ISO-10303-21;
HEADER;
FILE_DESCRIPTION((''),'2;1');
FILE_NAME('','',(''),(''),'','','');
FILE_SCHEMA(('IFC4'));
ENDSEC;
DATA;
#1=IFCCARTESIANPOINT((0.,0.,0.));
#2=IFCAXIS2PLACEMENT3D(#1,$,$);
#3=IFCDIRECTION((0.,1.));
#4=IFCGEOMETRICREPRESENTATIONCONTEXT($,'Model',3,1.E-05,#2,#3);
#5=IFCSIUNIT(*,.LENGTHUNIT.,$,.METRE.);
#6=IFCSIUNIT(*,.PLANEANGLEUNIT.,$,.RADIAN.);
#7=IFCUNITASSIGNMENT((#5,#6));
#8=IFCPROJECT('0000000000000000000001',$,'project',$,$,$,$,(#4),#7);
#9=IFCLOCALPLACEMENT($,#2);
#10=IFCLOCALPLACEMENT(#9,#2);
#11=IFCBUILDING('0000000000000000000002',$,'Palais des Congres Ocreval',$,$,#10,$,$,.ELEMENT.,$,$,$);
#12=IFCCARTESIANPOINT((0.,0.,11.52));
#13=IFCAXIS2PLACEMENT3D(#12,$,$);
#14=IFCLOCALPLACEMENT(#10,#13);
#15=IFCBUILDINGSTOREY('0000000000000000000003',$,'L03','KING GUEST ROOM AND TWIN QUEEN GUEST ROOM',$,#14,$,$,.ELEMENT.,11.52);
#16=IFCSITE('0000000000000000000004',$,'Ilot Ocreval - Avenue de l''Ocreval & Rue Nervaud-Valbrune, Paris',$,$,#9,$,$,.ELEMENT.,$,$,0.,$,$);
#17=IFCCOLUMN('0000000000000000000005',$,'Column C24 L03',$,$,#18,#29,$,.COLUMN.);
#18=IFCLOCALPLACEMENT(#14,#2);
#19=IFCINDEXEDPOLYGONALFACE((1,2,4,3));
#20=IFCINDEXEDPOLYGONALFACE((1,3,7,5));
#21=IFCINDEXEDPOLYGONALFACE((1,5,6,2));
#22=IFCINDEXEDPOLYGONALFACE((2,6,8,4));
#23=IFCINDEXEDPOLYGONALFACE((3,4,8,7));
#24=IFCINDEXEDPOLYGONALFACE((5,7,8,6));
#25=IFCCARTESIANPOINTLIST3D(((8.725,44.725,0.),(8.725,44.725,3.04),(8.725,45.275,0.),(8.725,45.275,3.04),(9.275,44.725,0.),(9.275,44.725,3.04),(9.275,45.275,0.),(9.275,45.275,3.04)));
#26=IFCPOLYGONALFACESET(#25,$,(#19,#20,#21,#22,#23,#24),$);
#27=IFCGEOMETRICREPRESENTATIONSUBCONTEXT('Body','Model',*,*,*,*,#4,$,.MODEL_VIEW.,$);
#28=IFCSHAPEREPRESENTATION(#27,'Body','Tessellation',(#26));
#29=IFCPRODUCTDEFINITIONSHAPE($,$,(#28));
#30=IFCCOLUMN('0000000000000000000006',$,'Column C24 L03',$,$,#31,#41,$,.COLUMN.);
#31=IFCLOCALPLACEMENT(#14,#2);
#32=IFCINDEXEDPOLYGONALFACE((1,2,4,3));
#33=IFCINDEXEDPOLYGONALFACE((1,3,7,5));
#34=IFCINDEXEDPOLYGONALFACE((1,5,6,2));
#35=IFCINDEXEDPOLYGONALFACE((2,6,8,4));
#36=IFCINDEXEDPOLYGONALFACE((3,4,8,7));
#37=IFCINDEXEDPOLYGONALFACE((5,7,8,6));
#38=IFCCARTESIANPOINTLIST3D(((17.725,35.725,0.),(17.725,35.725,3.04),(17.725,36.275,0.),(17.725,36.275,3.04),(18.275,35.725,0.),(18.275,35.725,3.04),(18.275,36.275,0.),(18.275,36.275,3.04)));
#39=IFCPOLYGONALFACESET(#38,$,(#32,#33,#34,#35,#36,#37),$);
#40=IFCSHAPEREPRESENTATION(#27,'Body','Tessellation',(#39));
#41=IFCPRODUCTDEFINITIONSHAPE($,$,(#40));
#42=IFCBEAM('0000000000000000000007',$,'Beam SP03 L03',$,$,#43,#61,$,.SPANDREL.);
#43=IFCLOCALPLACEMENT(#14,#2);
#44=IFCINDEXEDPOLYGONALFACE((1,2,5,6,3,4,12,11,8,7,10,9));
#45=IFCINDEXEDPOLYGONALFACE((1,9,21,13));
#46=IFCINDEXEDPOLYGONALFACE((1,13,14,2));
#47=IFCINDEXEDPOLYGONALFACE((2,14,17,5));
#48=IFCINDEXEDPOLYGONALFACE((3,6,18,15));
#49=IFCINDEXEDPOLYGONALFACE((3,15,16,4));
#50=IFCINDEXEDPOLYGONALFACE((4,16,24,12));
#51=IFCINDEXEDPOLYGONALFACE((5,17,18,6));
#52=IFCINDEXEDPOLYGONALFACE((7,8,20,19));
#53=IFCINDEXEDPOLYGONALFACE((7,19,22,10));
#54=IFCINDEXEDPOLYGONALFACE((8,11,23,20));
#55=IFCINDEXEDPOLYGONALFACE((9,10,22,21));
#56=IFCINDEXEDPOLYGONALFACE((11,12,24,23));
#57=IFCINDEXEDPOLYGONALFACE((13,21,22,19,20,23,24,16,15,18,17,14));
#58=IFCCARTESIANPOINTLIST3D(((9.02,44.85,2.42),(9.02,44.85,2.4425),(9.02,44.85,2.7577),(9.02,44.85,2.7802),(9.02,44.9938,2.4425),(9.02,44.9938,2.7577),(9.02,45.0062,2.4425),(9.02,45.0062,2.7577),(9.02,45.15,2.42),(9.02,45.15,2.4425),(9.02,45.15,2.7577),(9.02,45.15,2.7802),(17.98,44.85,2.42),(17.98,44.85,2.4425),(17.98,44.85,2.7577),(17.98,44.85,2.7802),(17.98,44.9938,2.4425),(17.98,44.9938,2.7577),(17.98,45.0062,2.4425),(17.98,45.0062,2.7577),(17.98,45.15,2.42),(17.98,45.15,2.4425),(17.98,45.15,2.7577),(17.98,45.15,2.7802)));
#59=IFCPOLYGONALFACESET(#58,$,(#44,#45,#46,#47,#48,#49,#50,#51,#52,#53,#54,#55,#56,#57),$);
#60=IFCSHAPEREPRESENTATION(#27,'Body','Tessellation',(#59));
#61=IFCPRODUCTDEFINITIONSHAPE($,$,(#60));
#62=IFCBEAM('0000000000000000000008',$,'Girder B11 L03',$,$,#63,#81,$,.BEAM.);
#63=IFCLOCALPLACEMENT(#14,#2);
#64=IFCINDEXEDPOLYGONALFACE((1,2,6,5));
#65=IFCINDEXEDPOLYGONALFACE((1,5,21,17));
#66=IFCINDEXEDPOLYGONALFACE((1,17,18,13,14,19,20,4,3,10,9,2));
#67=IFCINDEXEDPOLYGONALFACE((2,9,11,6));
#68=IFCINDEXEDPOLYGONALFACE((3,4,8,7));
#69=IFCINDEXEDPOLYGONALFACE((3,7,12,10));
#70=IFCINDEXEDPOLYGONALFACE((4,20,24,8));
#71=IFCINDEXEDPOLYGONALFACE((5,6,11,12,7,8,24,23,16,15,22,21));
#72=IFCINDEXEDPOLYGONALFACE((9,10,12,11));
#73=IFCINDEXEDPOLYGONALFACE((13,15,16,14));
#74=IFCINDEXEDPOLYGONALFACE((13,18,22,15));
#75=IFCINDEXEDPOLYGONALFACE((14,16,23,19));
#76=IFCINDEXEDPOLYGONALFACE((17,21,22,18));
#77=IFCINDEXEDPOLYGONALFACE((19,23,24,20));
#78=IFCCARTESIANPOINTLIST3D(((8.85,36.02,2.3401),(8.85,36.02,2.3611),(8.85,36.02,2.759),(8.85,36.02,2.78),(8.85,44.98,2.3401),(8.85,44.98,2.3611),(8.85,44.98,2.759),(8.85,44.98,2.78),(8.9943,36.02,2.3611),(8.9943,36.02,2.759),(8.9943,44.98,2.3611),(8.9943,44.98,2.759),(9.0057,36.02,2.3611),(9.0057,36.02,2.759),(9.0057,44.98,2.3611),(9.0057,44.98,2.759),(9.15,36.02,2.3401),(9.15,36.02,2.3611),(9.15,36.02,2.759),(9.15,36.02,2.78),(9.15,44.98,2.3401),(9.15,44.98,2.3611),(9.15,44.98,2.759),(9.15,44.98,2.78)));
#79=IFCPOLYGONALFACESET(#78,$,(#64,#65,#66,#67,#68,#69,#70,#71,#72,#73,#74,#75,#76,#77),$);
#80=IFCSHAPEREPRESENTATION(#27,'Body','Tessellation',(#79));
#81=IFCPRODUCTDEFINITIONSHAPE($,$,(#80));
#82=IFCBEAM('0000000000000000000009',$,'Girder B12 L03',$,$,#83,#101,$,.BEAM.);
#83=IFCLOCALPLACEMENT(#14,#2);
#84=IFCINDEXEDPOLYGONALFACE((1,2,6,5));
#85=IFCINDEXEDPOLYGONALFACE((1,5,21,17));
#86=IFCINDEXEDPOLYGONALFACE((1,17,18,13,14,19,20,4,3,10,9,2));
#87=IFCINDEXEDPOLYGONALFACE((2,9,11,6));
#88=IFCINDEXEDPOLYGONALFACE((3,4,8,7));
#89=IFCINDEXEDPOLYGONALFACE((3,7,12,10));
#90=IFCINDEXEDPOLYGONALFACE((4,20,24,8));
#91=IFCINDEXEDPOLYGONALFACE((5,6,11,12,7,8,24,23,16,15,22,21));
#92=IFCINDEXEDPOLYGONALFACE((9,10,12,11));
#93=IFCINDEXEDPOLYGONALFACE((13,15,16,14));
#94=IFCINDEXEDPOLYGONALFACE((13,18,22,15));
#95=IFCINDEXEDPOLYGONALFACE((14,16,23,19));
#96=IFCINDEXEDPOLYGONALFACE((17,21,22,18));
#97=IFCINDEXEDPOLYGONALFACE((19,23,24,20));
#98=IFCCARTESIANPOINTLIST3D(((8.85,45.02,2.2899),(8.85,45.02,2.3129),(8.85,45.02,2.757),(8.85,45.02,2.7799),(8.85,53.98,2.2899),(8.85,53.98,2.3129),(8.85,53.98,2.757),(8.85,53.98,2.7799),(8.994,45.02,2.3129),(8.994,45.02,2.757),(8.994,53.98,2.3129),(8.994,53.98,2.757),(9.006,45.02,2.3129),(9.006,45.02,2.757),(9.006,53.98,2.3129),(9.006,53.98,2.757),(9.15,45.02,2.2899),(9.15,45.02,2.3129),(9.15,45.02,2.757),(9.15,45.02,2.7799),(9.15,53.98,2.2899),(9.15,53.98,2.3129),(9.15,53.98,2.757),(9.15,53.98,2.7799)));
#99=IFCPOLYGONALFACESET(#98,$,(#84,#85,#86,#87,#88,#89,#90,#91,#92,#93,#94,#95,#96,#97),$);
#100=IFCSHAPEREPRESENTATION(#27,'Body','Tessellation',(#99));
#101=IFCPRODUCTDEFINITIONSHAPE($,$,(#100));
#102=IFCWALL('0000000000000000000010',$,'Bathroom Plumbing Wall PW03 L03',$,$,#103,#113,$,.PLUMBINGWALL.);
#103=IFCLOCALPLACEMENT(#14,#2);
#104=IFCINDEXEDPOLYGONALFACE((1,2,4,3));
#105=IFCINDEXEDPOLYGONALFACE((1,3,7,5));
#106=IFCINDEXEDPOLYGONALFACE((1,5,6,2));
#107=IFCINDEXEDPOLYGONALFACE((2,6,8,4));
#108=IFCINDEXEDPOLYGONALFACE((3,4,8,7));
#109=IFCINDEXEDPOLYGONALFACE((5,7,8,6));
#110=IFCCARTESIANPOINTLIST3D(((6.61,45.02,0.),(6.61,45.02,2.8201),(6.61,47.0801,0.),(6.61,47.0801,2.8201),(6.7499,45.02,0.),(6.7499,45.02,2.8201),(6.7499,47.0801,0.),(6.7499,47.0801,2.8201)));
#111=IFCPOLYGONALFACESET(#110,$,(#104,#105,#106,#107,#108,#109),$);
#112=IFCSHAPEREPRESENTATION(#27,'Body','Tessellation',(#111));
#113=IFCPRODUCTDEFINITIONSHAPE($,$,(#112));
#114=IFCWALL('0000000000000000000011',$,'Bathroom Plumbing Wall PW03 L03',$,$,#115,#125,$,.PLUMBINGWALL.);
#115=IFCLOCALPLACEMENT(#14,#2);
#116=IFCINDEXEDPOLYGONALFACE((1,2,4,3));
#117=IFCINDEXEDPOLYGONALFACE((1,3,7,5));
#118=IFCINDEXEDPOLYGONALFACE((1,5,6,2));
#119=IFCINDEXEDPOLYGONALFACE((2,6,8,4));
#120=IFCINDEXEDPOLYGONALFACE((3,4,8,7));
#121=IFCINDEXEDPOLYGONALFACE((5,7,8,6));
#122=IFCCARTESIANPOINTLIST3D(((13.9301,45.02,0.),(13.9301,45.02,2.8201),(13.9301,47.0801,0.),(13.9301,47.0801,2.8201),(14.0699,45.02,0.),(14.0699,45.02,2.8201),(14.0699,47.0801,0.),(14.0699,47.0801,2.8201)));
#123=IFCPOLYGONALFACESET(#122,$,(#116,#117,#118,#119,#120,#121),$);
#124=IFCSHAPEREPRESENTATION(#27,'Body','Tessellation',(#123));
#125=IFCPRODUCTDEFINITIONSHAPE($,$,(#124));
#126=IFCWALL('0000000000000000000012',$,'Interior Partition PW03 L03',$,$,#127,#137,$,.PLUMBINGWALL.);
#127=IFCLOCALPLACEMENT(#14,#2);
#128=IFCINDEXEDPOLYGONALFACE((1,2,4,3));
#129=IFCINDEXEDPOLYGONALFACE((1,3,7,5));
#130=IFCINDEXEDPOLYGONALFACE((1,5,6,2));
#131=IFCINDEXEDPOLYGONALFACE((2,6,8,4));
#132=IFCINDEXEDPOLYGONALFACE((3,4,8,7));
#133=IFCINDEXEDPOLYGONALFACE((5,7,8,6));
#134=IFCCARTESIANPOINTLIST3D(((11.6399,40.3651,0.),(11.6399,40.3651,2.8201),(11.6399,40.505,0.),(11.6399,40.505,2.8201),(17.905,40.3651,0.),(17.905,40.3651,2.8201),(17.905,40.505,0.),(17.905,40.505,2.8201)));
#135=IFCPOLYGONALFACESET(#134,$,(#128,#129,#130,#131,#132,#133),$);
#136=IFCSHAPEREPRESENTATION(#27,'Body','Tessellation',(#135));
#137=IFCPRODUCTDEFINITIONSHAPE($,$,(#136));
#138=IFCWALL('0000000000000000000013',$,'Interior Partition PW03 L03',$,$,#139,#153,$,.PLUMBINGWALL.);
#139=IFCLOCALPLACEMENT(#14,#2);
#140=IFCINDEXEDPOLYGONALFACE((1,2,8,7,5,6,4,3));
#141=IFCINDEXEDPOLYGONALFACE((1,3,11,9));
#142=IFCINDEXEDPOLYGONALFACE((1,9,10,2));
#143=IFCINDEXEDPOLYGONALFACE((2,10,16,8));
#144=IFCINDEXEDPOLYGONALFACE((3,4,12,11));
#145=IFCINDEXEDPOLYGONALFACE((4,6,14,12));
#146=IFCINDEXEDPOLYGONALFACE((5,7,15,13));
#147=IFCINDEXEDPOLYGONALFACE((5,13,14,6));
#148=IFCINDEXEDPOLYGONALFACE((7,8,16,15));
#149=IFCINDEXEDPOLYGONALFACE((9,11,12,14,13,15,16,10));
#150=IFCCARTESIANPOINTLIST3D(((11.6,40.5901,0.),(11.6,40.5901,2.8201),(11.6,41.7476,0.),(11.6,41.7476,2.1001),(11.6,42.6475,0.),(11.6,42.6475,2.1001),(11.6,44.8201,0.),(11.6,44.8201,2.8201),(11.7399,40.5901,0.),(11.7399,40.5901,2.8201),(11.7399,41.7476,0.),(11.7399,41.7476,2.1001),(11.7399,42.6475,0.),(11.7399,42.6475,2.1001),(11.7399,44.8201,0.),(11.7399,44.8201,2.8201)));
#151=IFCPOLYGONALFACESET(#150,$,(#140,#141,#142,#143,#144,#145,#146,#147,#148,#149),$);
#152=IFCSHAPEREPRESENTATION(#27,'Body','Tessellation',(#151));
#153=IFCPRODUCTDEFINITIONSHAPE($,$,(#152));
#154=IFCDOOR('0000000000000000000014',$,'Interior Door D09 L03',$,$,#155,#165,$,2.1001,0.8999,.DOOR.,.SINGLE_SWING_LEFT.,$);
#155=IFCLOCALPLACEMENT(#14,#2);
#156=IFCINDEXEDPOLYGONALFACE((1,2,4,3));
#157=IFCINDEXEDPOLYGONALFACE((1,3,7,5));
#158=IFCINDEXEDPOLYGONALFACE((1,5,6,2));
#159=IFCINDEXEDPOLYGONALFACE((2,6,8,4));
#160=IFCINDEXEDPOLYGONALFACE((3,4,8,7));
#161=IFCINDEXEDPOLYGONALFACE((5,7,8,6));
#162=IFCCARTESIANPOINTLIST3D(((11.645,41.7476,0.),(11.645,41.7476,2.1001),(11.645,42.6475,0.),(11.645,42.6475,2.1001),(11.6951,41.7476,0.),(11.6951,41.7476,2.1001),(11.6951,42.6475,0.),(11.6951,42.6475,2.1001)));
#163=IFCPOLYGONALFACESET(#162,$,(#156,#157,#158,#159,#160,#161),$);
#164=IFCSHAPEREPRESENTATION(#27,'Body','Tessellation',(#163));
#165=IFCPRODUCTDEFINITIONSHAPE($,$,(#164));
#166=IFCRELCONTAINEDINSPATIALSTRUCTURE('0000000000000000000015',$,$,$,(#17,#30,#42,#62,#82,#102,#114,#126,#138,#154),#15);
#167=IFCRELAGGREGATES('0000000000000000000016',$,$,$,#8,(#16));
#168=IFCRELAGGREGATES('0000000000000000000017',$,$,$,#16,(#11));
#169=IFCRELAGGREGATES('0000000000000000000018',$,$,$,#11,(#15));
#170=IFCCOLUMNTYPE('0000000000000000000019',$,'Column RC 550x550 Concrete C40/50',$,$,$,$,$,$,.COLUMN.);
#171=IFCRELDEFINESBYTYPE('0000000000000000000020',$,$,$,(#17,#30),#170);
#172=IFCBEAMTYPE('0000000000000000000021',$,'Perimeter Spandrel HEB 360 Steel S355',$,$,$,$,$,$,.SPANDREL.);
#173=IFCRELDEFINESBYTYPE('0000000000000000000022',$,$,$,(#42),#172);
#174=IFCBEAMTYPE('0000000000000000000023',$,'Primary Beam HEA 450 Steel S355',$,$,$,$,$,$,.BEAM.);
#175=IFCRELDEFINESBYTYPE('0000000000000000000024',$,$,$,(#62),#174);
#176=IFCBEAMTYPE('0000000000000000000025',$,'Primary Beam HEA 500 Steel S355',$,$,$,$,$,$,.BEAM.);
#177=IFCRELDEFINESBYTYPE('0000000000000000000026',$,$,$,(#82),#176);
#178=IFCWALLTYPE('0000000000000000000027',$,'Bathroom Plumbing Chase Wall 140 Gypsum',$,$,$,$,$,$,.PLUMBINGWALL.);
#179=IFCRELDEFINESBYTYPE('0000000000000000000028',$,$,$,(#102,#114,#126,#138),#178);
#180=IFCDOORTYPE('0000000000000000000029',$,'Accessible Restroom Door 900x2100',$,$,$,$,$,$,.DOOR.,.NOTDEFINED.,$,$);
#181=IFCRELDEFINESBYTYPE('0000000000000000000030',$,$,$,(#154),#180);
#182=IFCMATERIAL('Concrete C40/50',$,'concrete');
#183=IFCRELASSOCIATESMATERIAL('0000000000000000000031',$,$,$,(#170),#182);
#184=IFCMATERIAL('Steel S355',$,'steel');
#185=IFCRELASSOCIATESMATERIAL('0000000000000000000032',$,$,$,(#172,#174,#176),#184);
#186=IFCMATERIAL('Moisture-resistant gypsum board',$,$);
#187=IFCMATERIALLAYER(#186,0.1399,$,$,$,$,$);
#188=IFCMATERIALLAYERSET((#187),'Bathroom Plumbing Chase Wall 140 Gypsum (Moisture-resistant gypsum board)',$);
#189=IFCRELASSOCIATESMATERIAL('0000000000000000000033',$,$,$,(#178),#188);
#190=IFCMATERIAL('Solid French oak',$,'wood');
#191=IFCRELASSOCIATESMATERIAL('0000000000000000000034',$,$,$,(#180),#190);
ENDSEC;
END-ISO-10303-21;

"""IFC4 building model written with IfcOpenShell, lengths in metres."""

from ifc_helpers import new_model, si_unit, direction, frame, frame_2d, origin, origin_2d, place, context, subcontext, project, spatial, rectangle, i_section, extrude, material, layer, layer_set, material_profile, profile_set, type_object, element, fill, save


model = new_model("IFC4")

# Units and contexts
model_context = context("Model", 3, precision=1e-05, world=origin(), true_north=direction((0.0, 1.0)))
body_context = subcontext(model_context, "Body", "Model", "MODEL_VIEW")
ifc_project = project(units=[si_unit("LENGTHUNIT", "METRE"), si_unit("PLANEANGLEUNIT", "RADIAN")], contexts=[model_context])

# Site, building, storey
site_placement = place(None, origin())
site = spatial("IfcSite", under=ifc_project, at=site_placement, Name="Ilot Ocreval - Avenue de l'Ocreval & Rue Nervaud-Valbrune, Paris", CompositionType="ELEMENT", RefElevation=0.0)
building_placement = place(site_placement, origin())
building = spatial("IfcBuilding", under=site, at=building_placement, Name="Palais des Congres Ocreval", CompositionType="ELEMENT")
storey_placement = place(building_placement, frame((0.0, 0.0, 11.52)))
storey = spatial("IfcBuildingStorey", under=building, at=storey_placement, Name="L03", Description="KING GUEST ROOM AND TWIN QUEEN GUEST ROOM", CompositionType="ELEMENT", Elevation=11.52)

# Columns
ifc_material_1 = material(Name="Concrete C40/50", Category="concrete")
ifc_material_profile_1 = material_profile(ifc_material_1, rectangle(XDim=0.55, YDim=0.55, at=origin_2d()), Name="RC 550x550")
ifc_profile_set_1 = profile_set([ifc_material_profile_1], Name="Concrete C40/50")
column_type = type_object("IfcColumnType", Name="Column RC 550x550 Concrete C40/50", PredefinedType="COLUMN", material=ifc_profile_set_1)
for number, where, z_axis, x_axis, name in (
    (1, (9.0, 45.0, 0.0), (0.0, 0.0, 1.0), (1.0, 0.0, 0.0), "Column C24 L03"),
    (2, (18.0, 36.0, 0.0), (0.0, 0.0, 1.0), (1.0, 0.0, 0.0), "Column C24 L03"),
):
    element("IfcColumn", number, at=place(storey_placement, frame(where, z_axis=z_axis, x_axis=x_axis)), inside=storey, type_object=column_type, Name=name, PredefinedType="COLUMN", context=body_context, shape_type="SweptSolid", body=[
        extrude(rectangle(XDim=0.55, YDim=0.55, at=origin_2d()), origin(), (0.0, 0.0, 1.0), 3.04),
    ])

# Beams
ifc_material_2 = material(Name="Steel S355", Category="steel")
ifc_material_profile_2 = material_profile(ifc_material_2, i_section(OverallWidth=0.3, OverallDepth=0.3601, WebThickness=0.0125, FlangeThickness=0.0225, at=origin_2d()), Name="HEB 360")
ifc_profile_set_2 = profile_set([ifc_material_profile_2], Name="Steel S355")
beam_type_1 = type_object("IfcBeamType", Name="Perimeter Spandrel HEB 360 Steel S355", PredefinedType="SPANDREL", material=ifc_profile_set_2)
beam_1_placement = place(storey_placement, frame((9.02, 45.0, 2.6001), z_axis=(1.0, 0.0, 0.0), x_axis=(0.0, 1.0, 0.0)))
element("IfcBeam", 3, at=beam_1_placement, inside=storey, type_object=beam_type_1, Name="Beam SP03 L03", PredefinedType="SPANDREL", context=body_context, shape_type="SweptSolid", body=[
    extrude(i_section(OverallWidth=0.3, OverallDepth=0.3601, WebThickness=0.0125, FlangeThickness=0.0225, at=origin_2d()), origin(), (0.0, 0.0, 1.0), 8.96),
])
ifc_material_profile_3 = material_profile(ifc_material_2, i_section(OverallWidth=0.3, OverallDepth=0.4399, WebThickness=0.0115, FlangeThickness=0.021, at=origin_2d()), Name="HEA 450")
ifc_profile_set_3 = profile_set([ifc_material_profile_3], Name="Steel S355")
beam_type_2 = type_object("IfcBeamType", Name="Primary Beam HEA 450 Steel S355", PredefinedType="BEAM", material=ifc_profile_set_3)
beam_2_placement = place(storey_placement, frame((9.0, 36.02, 2.5601), z_axis=(0.0, 1.0, 0.0), x_axis=(-1.0, 0.0, 0.0)))
element("IfcBeam", 4, at=beam_2_placement, inside=storey, type_object=beam_type_2, Name="Girder B11 L03", PredefinedType="BEAM", context=body_context, shape_type="SweptSolid", body=[
    extrude(i_section(OverallWidth=0.3, OverallDepth=0.4399, WebThickness=0.0115, FlangeThickness=0.021, at=origin_2d()), origin(), (0.0, 0.0, 1.0), 8.96),
])
ifc_material_profile_4 = material_profile(ifc_material_2, i_section(OverallWidth=0.3, OverallDepth=0.49, WebThickness=0.012, FlangeThickness=0.0229, at=origin_2d()), Name="HEA 500")
ifc_profile_set_4 = profile_set([ifc_material_profile_4], Name="Steel S355")
beam_type_3 = type_object("IfcBeamType", Name="Primary Beam HEA 500 Steel S355", PredefinedType="BEAM", material=ifc_profile_set_4)
beam_3_placement = place(storey_placement, frame((9.0, 45.02, 2.5349), z_axis=(0.0, 1.0, 0.0), x_axis=(-1.0, 0.0, 0.0)))
element("IfcBeam", 5, at=beam_3_placement, inside=storey, type_object=beam_type_3, Name="Girder B12 L03", PredefinedType="BEAM", context=body_context, shape_type="SweptSolid", body=[
    extrude(i_section(OverallWidth=0.3, OverallDepth=0.49, WebThickness=0.012, FlangeThickness=0.0229, at=origin_2d()), origin(), (0.0, 0.0, 1.0), 8.96),
])

# Walls
ifc_material_3 = material(Name="Moisture-resistant gypsum board")
ifc_layer_1 = layer(ifc_material_3, 0.1399)
ifc_layer_set_1 = layer_set([ifc_layer_1], Name="Bathroom Plumbing Chase Wall 140 Gypsum (Moisture-resistant gypsum board)")
wall_type_1 = type_object("IfcWallType", Name="Bathroom Plumbing Chase Wall 140 Gypsum", PredefinedType="PLUMBINGWALL", material=ifc_layer_set_1)
for number, where, z_axis, x_axis, name in (
    (6, (6.6799, 45.02, 0.0), (0.0, 0.0, 1.0), (0.0, 1.0, 0.0), "Bathroom Plumbing Wall PW03 L03"),
    (7, (14.0, 45.02, 0.0), (0.0, 0.0, 1.0), (0.0, 1.0, 0.0), "Bathroom Plumbing Wall PW03 L03"),
):
    element("IfcWall", number, at=place(storey_placement, frame(where, z_axis=z_axis, x_axis=x_axis)), inside=storey, type_object=wall_type_1, Name=name, PredefinedType="PLUMBINGWALL", context=body_context, shape_type="SweptSolid", body=[
        extrude(rectangle(XDim=2.0601, YDim=0.1399, at=frame_2d((1.03, 0.0))), origin(), (0.0, 0.0, 1.0), 2.8201),
    ])
wall_1_placement = place(storey_placement, frame((11.6399, 40.4351, 0.0), z_axis=(0.0, 0.0, 1.0), x_axis=(1.0, 0.0, 0.0)))
element("IfcWall", 8, at=wall_1_placement, inside=storey, type_object=wall_type_1, Name="Interior Partition PW03 L03", PredefinedType="PLUMBINGWALL", context=body_context, shape_type="SweptSolid", body=[
    extrude(rectangle(XDim=6.2651, YDim=0.1399, at=frame_2d((3.1326, 0.0))), origin(), (0.0, 0.0, 1.0), 2.8201),
])

# Wall, opening, door
wall_2_placement = place(storey_placement, frame((11.6699, 40.5901, 0.0), z_axis=(0.0, 0.0, 1.0), x_axis=(0.0, 1.0, 0.0)))
wall_2 = element("IfcWall", 9, at=wall_2_placement, inside=storey, type_object=wall_type_1, Name="Interior Partition PW03 L03", PredefinedType="PLUMBINGWALL", context=body_context, shape_type="SweptSolid", body=[
    extrude(rectangle(XDim=4.23, YDim=0.1399, at=frame_2d((2.115, 0.0))), origin(), (0.0, 0.0, 1.0), 2.8201),
])
opening_1_placement = place(wall_2_placement, frame((1.1575, 0.0, 0.0)))
opening_1 = element("IfcOpeningElement", 10, at=opening_1_placement, cuts=wall_2, PredefinedType="OPENING", context=body_context, shape_type="SweptSolid", body=[
    extrude(rectangle(XDim=0.8999, YDim=2.1001, at=frame_2d((0.45, 1.05))), frame((0.0, 0.0798, 0.0), z_axis=(0.0, -1.0, 0.0), x_axis=(1.0, 0.0, 0.0)), (0.0, 0.0, 1.0), 0.1599),
])
ifc_material_4 = material(Name="Solid French oak", Category="wood")
door_type_1 = type_object("IfcDoorType", Name="Accessible Restroom Door 900x2100", OperationType="NOTDEFINED", PredefinedType="DOOR", material=ifc_material_4)
door_1_placement = place(opening_1_placement, origin())
door_1 = element("IfcDoor", 11, at=door_1_placement, inside=storey, type_object=door_type_1, Name="Interior Door D09 L03", OperationType="SINGLE_SWING_LEFT", OverallHeight=2.1001, OverallWidth=0.8999, PredefinedType="DOOR", context=body_context, shape_type="SweptSolid", body=[
    extrude(rectangle(XDim=0.8999, YDim=2.1001, at=frame_2d((0.45, 1.05))), frame((0.0, 0.0249, 0.0), z_axis=(0.0, -1.0, 0.0), x_axis=(1.0, 0.0, 0.0)), (0.0, 0.0, 1.0), 0.05),
])
fill(opening_1, door_1)

save(model, "model.ifc")
